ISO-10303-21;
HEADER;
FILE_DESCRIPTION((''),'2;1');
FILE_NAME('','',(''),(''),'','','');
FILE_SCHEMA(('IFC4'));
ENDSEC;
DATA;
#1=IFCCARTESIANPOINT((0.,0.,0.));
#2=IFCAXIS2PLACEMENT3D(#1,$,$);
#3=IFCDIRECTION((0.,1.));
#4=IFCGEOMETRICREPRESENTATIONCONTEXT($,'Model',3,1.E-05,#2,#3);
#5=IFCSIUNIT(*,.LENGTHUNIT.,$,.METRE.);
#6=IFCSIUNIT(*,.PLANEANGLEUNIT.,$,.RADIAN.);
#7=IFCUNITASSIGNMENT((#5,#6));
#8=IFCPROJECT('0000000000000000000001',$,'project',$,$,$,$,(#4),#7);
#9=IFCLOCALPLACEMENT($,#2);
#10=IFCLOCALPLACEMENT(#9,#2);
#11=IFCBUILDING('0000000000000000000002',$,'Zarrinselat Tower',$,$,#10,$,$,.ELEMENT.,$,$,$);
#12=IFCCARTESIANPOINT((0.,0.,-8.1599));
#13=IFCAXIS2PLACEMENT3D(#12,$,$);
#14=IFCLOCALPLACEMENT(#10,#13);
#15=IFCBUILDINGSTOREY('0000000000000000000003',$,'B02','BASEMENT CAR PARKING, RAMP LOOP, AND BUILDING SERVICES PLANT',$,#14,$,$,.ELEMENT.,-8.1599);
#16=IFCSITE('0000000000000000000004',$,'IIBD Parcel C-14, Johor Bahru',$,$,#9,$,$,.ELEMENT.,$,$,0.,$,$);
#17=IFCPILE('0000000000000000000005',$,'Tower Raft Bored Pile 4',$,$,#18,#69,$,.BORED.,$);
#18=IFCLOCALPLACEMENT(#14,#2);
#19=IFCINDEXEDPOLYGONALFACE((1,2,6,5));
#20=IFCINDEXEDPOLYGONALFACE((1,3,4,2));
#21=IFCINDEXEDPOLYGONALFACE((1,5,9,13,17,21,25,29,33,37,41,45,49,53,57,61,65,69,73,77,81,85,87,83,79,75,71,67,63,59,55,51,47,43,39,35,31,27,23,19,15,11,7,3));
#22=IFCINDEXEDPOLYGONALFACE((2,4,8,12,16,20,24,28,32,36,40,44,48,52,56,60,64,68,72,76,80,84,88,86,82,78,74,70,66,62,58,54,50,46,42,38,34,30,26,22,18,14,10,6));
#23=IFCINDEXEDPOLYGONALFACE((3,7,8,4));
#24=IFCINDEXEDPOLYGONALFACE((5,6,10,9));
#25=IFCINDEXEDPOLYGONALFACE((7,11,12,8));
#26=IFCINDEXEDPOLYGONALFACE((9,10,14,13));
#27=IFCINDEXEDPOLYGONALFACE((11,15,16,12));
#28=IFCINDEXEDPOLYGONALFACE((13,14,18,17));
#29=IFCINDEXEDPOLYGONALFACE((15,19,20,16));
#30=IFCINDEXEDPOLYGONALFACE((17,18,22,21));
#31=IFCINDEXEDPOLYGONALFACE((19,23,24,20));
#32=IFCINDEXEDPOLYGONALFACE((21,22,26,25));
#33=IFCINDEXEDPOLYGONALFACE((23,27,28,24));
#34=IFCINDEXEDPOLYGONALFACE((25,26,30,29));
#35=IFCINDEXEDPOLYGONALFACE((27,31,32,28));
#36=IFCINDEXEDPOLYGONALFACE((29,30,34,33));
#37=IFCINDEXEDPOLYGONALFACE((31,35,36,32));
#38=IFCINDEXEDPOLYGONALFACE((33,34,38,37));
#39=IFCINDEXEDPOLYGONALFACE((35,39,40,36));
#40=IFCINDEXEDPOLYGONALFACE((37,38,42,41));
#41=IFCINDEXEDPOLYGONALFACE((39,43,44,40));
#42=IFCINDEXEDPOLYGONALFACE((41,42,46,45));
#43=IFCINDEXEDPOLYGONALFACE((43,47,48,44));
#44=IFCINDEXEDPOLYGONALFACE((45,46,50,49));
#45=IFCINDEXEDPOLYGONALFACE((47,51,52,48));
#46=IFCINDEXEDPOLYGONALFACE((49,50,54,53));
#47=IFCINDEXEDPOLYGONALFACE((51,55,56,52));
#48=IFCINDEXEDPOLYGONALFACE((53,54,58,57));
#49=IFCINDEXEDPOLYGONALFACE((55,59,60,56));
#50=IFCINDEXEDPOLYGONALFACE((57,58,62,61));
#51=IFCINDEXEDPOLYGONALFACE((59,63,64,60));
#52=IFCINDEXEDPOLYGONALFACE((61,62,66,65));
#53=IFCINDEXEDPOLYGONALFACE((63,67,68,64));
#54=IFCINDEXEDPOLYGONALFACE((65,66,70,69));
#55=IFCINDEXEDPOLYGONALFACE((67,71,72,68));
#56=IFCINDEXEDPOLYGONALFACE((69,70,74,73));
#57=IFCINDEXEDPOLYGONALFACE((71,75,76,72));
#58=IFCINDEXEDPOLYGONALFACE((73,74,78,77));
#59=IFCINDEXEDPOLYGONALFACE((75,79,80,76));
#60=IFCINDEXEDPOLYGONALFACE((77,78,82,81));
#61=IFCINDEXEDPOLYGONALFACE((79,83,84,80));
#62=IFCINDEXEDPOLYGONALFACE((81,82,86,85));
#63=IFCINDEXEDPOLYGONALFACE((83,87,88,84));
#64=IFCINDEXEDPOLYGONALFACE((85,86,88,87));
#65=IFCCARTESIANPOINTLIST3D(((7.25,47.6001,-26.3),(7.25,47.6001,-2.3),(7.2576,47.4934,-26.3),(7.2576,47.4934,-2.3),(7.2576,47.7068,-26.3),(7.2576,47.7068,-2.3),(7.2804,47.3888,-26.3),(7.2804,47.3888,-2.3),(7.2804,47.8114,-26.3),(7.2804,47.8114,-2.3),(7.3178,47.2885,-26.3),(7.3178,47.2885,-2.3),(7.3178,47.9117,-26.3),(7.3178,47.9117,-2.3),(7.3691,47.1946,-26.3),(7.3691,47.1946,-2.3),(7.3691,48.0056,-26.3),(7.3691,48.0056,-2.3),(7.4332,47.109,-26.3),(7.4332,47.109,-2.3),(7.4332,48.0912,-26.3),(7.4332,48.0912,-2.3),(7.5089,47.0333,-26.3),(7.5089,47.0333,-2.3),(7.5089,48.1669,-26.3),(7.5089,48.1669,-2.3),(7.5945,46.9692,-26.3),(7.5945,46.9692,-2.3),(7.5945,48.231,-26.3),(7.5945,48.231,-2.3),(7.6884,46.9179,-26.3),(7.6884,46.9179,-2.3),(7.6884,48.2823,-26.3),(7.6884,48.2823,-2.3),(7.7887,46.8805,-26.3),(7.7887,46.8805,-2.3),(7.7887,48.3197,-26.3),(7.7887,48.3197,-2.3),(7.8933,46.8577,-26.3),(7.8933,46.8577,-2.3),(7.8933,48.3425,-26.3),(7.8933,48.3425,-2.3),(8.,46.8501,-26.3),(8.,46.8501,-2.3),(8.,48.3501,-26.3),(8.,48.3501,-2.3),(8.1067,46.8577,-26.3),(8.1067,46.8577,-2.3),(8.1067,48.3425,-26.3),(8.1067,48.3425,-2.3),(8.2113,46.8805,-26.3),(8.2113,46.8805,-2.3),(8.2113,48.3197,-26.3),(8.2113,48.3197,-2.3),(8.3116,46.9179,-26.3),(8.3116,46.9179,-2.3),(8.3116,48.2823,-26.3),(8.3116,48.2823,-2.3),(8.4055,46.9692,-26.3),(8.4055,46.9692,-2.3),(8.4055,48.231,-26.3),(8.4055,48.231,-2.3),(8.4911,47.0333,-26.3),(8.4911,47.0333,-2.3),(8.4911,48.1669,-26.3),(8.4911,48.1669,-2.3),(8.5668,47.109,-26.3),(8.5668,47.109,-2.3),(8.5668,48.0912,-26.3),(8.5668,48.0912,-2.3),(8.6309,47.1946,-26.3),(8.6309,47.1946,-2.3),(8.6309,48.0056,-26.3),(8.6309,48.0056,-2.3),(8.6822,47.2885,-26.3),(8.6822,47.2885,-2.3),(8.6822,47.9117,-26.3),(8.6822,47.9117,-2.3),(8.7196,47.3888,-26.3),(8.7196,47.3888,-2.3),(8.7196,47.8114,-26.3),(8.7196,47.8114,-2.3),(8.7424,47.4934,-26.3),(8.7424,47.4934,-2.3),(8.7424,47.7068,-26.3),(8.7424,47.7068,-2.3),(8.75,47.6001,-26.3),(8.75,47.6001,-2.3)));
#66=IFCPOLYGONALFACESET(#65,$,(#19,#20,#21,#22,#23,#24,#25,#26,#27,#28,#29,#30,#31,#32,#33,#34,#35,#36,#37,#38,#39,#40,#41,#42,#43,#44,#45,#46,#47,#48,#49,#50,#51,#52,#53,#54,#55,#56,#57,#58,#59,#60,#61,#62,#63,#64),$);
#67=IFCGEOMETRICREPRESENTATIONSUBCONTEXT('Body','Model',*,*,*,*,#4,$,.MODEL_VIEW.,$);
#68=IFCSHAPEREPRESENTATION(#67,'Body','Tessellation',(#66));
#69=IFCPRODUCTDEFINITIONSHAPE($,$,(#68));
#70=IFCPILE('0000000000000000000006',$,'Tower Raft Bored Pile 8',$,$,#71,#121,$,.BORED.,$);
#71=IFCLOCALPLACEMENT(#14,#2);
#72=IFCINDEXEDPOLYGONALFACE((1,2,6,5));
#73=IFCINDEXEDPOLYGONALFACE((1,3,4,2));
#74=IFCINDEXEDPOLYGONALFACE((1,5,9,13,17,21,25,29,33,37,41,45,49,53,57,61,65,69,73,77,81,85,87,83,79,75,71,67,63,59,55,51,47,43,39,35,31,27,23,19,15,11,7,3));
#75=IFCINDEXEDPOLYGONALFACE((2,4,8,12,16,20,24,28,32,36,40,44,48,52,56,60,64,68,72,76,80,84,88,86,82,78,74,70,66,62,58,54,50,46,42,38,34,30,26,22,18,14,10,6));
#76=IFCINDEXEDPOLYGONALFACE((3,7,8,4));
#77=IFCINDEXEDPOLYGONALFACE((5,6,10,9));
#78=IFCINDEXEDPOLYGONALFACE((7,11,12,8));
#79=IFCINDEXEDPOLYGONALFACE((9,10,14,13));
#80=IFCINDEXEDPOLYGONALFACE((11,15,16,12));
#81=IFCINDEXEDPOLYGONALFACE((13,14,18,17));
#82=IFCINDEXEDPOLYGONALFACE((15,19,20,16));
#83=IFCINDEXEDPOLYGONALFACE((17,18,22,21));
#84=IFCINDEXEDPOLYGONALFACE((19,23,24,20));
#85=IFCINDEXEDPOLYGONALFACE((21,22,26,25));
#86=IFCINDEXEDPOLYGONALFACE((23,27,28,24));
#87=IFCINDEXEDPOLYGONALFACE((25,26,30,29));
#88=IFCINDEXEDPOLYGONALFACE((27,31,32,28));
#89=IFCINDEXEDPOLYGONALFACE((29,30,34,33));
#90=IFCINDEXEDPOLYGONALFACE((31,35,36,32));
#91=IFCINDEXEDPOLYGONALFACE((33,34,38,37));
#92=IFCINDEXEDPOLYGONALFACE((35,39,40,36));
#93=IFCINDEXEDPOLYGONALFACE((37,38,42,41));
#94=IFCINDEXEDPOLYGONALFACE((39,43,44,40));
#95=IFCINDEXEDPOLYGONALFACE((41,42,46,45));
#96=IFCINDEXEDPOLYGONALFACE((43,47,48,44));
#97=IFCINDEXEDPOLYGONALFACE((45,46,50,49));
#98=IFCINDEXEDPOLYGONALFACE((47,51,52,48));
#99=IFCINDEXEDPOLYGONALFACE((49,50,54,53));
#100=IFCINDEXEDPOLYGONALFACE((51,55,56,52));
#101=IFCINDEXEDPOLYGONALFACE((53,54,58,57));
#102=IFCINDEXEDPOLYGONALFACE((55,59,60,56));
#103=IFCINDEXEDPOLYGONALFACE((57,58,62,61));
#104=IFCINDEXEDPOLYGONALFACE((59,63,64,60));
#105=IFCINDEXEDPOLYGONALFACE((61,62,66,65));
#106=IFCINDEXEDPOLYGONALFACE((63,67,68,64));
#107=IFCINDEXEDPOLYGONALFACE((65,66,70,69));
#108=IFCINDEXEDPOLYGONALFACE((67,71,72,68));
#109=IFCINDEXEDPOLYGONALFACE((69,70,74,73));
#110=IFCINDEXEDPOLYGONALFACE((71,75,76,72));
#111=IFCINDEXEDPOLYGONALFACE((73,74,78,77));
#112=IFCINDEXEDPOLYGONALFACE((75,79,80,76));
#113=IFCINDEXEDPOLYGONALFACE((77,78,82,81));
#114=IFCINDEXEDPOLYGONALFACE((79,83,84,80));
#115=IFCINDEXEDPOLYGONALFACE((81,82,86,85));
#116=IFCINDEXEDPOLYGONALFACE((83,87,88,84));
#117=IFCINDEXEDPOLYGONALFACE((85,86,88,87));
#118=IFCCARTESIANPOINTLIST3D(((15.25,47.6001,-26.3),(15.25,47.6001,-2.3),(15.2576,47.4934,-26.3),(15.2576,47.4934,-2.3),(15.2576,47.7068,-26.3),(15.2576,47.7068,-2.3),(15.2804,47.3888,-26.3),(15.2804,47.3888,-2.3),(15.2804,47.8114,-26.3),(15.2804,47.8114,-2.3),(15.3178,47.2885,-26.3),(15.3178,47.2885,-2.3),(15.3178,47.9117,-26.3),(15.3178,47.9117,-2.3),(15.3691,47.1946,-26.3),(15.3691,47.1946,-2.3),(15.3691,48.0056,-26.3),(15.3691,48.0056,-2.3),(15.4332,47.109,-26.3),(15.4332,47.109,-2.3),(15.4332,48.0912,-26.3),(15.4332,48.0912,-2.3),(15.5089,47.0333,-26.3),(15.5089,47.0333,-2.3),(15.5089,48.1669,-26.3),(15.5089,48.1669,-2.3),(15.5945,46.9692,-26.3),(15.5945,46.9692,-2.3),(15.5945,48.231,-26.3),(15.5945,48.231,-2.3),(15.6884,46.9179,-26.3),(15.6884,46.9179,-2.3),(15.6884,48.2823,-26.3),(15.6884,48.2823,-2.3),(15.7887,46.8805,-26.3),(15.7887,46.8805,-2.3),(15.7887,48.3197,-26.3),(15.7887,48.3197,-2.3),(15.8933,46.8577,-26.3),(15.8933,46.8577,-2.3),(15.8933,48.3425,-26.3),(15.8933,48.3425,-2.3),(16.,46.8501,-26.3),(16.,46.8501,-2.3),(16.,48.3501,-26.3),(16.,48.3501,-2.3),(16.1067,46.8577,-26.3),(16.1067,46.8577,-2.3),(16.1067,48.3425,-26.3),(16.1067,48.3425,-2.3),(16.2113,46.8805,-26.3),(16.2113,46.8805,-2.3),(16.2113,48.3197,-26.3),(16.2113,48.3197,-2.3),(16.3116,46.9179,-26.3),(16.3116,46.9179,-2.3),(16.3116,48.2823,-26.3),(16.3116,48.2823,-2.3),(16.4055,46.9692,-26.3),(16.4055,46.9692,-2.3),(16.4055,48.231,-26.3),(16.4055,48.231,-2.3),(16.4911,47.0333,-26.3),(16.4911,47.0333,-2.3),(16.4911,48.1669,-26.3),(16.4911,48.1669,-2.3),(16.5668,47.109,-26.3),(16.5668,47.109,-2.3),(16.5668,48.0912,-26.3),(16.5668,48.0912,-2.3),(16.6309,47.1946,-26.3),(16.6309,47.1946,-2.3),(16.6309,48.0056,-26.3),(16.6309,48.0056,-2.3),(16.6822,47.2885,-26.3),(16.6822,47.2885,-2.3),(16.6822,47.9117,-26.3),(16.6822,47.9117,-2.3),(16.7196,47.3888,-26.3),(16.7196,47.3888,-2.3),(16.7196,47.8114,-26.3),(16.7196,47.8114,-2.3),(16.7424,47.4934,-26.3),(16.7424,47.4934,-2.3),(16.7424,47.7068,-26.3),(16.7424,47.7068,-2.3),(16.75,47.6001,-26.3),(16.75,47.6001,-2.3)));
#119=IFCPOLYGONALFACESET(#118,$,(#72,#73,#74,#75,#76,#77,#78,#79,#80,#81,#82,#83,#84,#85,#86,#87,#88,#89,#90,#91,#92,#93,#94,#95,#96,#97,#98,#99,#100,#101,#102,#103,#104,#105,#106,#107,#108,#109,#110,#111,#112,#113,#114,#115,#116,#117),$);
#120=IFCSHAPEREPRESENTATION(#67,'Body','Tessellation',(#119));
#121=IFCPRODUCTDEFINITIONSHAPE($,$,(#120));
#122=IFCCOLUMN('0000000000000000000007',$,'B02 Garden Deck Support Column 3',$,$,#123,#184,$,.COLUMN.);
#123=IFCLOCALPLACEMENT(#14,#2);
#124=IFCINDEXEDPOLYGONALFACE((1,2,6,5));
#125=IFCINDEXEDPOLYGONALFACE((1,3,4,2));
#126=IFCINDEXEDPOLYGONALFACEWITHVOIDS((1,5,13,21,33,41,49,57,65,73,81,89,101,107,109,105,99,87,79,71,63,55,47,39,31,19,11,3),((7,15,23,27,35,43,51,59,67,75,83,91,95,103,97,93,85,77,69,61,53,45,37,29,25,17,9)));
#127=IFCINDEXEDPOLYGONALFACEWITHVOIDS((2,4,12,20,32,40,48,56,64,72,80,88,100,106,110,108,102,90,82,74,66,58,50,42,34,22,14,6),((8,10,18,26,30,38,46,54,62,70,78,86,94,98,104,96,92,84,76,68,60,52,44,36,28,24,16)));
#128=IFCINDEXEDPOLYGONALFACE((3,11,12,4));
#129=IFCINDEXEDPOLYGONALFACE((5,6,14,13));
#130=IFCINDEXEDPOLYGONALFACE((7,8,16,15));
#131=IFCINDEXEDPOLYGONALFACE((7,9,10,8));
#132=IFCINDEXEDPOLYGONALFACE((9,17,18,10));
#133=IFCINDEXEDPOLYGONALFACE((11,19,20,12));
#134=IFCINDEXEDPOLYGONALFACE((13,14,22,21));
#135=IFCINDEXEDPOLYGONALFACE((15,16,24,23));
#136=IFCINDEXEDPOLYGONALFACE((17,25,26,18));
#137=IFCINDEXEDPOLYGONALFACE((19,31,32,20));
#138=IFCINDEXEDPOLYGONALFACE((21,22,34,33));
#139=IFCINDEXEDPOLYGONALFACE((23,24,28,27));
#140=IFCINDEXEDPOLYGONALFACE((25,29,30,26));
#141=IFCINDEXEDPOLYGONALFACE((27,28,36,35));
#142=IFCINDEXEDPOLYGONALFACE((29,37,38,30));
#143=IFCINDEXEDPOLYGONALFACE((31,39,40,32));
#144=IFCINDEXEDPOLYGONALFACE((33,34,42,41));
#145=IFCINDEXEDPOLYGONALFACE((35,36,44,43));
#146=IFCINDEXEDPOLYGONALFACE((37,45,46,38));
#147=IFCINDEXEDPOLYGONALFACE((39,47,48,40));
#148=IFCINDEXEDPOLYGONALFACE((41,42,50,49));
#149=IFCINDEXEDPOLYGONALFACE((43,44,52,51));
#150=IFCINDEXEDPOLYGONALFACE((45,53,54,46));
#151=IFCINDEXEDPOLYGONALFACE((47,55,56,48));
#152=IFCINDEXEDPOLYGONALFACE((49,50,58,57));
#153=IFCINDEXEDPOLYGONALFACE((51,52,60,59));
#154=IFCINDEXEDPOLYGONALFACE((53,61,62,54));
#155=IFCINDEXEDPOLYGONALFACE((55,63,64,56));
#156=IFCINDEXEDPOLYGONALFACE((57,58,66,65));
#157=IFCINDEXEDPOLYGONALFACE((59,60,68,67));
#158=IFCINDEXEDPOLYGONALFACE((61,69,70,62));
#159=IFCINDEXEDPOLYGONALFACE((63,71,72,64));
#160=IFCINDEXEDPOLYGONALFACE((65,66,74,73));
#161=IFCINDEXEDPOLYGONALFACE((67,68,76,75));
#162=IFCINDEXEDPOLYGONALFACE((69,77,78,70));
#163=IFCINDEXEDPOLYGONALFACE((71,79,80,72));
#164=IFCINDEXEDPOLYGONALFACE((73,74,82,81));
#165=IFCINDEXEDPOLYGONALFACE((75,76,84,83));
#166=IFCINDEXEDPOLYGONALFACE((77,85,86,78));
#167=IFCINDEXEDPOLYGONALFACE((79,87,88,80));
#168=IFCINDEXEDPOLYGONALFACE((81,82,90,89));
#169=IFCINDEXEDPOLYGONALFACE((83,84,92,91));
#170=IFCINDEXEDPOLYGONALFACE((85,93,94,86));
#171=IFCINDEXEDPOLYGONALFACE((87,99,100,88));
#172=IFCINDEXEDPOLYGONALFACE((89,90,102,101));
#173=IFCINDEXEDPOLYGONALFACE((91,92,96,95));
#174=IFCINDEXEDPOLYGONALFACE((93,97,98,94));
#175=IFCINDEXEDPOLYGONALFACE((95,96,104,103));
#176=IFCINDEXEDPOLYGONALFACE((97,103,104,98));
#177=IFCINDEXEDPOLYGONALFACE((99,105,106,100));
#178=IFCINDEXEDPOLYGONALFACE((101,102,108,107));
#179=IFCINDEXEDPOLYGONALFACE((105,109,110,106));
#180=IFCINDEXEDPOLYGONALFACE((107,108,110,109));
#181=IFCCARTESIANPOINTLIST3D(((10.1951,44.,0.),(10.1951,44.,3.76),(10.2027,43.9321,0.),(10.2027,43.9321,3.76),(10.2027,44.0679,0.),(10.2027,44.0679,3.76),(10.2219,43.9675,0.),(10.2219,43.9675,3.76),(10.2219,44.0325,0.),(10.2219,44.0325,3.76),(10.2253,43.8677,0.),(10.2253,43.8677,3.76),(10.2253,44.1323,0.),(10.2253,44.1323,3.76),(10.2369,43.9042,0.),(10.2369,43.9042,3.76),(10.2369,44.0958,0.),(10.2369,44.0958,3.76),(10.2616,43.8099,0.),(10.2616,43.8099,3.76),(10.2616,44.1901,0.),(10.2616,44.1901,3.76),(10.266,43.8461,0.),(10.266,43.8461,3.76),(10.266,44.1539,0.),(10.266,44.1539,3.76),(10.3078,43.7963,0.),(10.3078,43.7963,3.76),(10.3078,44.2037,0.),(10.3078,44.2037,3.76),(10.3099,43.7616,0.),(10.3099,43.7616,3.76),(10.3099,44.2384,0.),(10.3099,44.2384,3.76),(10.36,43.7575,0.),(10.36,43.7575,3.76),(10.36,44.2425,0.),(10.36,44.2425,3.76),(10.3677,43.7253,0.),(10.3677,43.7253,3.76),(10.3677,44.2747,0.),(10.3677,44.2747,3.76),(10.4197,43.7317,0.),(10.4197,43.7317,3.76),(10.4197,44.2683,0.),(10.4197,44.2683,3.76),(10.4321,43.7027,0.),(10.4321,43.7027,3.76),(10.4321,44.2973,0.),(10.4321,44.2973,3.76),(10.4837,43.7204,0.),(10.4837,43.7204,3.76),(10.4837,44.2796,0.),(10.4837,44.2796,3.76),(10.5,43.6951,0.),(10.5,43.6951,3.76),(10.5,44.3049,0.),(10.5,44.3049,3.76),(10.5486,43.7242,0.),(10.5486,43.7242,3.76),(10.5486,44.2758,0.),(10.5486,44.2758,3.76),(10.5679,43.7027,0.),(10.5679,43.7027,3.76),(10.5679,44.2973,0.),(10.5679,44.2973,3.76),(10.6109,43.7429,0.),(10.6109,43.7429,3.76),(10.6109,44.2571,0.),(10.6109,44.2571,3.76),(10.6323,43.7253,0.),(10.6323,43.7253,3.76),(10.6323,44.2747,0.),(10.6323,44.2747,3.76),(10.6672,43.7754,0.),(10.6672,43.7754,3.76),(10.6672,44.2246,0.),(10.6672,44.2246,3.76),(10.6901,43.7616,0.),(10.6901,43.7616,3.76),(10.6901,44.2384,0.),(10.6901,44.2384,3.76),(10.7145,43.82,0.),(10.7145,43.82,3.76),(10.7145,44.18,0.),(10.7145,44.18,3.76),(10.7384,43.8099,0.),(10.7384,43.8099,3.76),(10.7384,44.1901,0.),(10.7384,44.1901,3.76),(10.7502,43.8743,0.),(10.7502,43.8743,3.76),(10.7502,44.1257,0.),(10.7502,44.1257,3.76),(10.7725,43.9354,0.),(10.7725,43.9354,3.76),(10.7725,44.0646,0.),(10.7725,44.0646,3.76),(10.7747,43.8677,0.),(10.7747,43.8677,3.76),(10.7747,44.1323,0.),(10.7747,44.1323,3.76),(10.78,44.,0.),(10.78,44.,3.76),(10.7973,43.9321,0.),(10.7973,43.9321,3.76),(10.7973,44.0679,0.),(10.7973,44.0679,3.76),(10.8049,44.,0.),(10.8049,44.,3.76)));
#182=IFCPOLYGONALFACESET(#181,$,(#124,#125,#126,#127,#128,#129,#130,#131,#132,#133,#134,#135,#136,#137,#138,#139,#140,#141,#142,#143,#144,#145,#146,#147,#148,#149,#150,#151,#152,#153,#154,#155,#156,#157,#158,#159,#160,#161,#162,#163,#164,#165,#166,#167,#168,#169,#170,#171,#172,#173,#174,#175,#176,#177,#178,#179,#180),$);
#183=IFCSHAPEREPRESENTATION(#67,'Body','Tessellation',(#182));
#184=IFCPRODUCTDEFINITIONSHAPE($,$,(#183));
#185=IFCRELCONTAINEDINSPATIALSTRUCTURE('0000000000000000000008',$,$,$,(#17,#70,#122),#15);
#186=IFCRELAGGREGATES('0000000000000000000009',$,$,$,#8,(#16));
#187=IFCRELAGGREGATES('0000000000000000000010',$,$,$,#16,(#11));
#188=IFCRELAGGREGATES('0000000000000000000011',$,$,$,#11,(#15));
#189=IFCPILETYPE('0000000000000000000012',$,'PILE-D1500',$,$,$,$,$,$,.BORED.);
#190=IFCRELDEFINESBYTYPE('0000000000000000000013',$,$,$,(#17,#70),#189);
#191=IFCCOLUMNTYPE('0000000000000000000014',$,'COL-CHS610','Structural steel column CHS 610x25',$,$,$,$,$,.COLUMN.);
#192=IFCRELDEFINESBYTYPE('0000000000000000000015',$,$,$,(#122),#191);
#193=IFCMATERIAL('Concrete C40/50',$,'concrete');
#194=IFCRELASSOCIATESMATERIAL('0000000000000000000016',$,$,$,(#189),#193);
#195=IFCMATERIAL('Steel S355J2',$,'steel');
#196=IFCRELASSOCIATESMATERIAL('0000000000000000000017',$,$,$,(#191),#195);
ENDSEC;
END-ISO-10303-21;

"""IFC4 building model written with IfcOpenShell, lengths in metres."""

from ifc_helpers import new_model, si_unit, direction, frame, origin, origin_2d, place, context, subcontext, project, spatial, circle, hollow_circle, extrude, material, material_profile, profile_set, type_object, element, save


model = new_model("IFC4")

# Units and contexts
model_context = context("Model", 3, precision=1e-05, world=origin(), true_north=direction((0.0, 1.0)))
body_context = subcontext(model_context, "Body", "Model", "MODEL_VIEW")
ifc_project = project(units=[si_unit("LENGTHUNIT", "METRE"), si_unit("PLANEANGLEUNIT", "RADIAN")], contexts=[model_context])

# Site, building, storey
site_placement = place(None, origin())
site = spatial("IfcSite", under=ifc_project, at=site_placement, Name="IIBD Parcel C-14, Johor Bahru", CompositionType="ELEMENT", RefElevation=0.0)
building_placement = place(site_placement, origin())
building = spatial("IfcBuilding", under=site, at=building_placement, Name="Zarrinselat Tower", CompositionType="ELEMENT")
storey_placement = place(building_placement, frame((0.0, 0.0, -8.1599)))
storey = spatial("IfcBuildingStorey", under=building, at=storey_placement, Name="B02", Description="BASEMENT CAR PARKING, RAMP LOOP, AND BUILDING SERVICES PLANT", CompositionType="ELEMENT", Elevation=-8.1599)

# Piles
ifc_material_1 = material(Name="Concrete C40/50", Category="concrete")
ifc_material_profile_1 = material_profile(ifc_material_1, circle(Radius=0.75, at=origin_2d()), Name="BORED PILE D1500")
ifc_profile_set_1 = profile_set([ifc_material_profile_1], Name="Concrete C40/50")
pile_type_1 = type_object("IfcPileType", Name="PILE-D1500", PredefinedType="BORED", material=ifc_profile_set_1)
for number, where, z_axis, x_axis, name in (
    (1, (8.0, 47.6001, -2.3), (0.0, 0.0, -1.0), (1.0, 0.0, 0.0), "Tower Raft Bored Pile 4"),
    (2, (16.0, 47.6001, -2.3), (0.0, 0.0, -1.0), (1.0, 0.0, 0.0), "Tower Raft Bored Pile 8"),
):
    element("IfcPile", number, at=place(storey_placement, frame(where, z_axis=z_axis, x_axis=x_axis)), inside=storey, type_object=pile_type_1, Name=name, PredefinedType="BORED", context=body_context, shape_type="SweptSolid", body=[
        extrude(circle(Radius=0.75, at=origin_2d()), origin(), (0.0, 0.0, 1.0), 24.0),
    ])

# Column
ifc_material_2 = material(Name="Steel S355J2", Category="steel")
ifc_material_profile_2 = material_profile(ifc_material_2, hollow_circle(Radius=0.3049, WallThickness=0.0249, at=origin_2d()), Name="CHS 610x25")
ifc_profile_set_2 = profile_set([ifc_material_profile_2], Name="Steel S355J2")
column_type_1 = type_object("IfcColumnType", Name="COL-CHS610", Description="Structural steel column CHS 610x25", PredefinedType="COLUMN", material=ifc_profile_set_2)
column_placement = place(storey_placement, frame((10.5, 44.0, 0.0), z_axis=(0.0, 0.0, 1.0), x_axis=(1.0, 0.0, 0.0)))
element("IfcColumn", 3, at=column_placement, inside=storey, type_object=column_type_1, Name="B02 Garden Deck Support Column 3", PredefinedType="COLUMN", context=body_context, shape_type="SweptSolid", body=[
    extrude(hollow_circle(Radius=0.3049, WallThickness=0.0249, at=origin_2d()), origin(), (0.0, 0.0, 1.0), 3.76),
])

save(model, "model.ifc")
